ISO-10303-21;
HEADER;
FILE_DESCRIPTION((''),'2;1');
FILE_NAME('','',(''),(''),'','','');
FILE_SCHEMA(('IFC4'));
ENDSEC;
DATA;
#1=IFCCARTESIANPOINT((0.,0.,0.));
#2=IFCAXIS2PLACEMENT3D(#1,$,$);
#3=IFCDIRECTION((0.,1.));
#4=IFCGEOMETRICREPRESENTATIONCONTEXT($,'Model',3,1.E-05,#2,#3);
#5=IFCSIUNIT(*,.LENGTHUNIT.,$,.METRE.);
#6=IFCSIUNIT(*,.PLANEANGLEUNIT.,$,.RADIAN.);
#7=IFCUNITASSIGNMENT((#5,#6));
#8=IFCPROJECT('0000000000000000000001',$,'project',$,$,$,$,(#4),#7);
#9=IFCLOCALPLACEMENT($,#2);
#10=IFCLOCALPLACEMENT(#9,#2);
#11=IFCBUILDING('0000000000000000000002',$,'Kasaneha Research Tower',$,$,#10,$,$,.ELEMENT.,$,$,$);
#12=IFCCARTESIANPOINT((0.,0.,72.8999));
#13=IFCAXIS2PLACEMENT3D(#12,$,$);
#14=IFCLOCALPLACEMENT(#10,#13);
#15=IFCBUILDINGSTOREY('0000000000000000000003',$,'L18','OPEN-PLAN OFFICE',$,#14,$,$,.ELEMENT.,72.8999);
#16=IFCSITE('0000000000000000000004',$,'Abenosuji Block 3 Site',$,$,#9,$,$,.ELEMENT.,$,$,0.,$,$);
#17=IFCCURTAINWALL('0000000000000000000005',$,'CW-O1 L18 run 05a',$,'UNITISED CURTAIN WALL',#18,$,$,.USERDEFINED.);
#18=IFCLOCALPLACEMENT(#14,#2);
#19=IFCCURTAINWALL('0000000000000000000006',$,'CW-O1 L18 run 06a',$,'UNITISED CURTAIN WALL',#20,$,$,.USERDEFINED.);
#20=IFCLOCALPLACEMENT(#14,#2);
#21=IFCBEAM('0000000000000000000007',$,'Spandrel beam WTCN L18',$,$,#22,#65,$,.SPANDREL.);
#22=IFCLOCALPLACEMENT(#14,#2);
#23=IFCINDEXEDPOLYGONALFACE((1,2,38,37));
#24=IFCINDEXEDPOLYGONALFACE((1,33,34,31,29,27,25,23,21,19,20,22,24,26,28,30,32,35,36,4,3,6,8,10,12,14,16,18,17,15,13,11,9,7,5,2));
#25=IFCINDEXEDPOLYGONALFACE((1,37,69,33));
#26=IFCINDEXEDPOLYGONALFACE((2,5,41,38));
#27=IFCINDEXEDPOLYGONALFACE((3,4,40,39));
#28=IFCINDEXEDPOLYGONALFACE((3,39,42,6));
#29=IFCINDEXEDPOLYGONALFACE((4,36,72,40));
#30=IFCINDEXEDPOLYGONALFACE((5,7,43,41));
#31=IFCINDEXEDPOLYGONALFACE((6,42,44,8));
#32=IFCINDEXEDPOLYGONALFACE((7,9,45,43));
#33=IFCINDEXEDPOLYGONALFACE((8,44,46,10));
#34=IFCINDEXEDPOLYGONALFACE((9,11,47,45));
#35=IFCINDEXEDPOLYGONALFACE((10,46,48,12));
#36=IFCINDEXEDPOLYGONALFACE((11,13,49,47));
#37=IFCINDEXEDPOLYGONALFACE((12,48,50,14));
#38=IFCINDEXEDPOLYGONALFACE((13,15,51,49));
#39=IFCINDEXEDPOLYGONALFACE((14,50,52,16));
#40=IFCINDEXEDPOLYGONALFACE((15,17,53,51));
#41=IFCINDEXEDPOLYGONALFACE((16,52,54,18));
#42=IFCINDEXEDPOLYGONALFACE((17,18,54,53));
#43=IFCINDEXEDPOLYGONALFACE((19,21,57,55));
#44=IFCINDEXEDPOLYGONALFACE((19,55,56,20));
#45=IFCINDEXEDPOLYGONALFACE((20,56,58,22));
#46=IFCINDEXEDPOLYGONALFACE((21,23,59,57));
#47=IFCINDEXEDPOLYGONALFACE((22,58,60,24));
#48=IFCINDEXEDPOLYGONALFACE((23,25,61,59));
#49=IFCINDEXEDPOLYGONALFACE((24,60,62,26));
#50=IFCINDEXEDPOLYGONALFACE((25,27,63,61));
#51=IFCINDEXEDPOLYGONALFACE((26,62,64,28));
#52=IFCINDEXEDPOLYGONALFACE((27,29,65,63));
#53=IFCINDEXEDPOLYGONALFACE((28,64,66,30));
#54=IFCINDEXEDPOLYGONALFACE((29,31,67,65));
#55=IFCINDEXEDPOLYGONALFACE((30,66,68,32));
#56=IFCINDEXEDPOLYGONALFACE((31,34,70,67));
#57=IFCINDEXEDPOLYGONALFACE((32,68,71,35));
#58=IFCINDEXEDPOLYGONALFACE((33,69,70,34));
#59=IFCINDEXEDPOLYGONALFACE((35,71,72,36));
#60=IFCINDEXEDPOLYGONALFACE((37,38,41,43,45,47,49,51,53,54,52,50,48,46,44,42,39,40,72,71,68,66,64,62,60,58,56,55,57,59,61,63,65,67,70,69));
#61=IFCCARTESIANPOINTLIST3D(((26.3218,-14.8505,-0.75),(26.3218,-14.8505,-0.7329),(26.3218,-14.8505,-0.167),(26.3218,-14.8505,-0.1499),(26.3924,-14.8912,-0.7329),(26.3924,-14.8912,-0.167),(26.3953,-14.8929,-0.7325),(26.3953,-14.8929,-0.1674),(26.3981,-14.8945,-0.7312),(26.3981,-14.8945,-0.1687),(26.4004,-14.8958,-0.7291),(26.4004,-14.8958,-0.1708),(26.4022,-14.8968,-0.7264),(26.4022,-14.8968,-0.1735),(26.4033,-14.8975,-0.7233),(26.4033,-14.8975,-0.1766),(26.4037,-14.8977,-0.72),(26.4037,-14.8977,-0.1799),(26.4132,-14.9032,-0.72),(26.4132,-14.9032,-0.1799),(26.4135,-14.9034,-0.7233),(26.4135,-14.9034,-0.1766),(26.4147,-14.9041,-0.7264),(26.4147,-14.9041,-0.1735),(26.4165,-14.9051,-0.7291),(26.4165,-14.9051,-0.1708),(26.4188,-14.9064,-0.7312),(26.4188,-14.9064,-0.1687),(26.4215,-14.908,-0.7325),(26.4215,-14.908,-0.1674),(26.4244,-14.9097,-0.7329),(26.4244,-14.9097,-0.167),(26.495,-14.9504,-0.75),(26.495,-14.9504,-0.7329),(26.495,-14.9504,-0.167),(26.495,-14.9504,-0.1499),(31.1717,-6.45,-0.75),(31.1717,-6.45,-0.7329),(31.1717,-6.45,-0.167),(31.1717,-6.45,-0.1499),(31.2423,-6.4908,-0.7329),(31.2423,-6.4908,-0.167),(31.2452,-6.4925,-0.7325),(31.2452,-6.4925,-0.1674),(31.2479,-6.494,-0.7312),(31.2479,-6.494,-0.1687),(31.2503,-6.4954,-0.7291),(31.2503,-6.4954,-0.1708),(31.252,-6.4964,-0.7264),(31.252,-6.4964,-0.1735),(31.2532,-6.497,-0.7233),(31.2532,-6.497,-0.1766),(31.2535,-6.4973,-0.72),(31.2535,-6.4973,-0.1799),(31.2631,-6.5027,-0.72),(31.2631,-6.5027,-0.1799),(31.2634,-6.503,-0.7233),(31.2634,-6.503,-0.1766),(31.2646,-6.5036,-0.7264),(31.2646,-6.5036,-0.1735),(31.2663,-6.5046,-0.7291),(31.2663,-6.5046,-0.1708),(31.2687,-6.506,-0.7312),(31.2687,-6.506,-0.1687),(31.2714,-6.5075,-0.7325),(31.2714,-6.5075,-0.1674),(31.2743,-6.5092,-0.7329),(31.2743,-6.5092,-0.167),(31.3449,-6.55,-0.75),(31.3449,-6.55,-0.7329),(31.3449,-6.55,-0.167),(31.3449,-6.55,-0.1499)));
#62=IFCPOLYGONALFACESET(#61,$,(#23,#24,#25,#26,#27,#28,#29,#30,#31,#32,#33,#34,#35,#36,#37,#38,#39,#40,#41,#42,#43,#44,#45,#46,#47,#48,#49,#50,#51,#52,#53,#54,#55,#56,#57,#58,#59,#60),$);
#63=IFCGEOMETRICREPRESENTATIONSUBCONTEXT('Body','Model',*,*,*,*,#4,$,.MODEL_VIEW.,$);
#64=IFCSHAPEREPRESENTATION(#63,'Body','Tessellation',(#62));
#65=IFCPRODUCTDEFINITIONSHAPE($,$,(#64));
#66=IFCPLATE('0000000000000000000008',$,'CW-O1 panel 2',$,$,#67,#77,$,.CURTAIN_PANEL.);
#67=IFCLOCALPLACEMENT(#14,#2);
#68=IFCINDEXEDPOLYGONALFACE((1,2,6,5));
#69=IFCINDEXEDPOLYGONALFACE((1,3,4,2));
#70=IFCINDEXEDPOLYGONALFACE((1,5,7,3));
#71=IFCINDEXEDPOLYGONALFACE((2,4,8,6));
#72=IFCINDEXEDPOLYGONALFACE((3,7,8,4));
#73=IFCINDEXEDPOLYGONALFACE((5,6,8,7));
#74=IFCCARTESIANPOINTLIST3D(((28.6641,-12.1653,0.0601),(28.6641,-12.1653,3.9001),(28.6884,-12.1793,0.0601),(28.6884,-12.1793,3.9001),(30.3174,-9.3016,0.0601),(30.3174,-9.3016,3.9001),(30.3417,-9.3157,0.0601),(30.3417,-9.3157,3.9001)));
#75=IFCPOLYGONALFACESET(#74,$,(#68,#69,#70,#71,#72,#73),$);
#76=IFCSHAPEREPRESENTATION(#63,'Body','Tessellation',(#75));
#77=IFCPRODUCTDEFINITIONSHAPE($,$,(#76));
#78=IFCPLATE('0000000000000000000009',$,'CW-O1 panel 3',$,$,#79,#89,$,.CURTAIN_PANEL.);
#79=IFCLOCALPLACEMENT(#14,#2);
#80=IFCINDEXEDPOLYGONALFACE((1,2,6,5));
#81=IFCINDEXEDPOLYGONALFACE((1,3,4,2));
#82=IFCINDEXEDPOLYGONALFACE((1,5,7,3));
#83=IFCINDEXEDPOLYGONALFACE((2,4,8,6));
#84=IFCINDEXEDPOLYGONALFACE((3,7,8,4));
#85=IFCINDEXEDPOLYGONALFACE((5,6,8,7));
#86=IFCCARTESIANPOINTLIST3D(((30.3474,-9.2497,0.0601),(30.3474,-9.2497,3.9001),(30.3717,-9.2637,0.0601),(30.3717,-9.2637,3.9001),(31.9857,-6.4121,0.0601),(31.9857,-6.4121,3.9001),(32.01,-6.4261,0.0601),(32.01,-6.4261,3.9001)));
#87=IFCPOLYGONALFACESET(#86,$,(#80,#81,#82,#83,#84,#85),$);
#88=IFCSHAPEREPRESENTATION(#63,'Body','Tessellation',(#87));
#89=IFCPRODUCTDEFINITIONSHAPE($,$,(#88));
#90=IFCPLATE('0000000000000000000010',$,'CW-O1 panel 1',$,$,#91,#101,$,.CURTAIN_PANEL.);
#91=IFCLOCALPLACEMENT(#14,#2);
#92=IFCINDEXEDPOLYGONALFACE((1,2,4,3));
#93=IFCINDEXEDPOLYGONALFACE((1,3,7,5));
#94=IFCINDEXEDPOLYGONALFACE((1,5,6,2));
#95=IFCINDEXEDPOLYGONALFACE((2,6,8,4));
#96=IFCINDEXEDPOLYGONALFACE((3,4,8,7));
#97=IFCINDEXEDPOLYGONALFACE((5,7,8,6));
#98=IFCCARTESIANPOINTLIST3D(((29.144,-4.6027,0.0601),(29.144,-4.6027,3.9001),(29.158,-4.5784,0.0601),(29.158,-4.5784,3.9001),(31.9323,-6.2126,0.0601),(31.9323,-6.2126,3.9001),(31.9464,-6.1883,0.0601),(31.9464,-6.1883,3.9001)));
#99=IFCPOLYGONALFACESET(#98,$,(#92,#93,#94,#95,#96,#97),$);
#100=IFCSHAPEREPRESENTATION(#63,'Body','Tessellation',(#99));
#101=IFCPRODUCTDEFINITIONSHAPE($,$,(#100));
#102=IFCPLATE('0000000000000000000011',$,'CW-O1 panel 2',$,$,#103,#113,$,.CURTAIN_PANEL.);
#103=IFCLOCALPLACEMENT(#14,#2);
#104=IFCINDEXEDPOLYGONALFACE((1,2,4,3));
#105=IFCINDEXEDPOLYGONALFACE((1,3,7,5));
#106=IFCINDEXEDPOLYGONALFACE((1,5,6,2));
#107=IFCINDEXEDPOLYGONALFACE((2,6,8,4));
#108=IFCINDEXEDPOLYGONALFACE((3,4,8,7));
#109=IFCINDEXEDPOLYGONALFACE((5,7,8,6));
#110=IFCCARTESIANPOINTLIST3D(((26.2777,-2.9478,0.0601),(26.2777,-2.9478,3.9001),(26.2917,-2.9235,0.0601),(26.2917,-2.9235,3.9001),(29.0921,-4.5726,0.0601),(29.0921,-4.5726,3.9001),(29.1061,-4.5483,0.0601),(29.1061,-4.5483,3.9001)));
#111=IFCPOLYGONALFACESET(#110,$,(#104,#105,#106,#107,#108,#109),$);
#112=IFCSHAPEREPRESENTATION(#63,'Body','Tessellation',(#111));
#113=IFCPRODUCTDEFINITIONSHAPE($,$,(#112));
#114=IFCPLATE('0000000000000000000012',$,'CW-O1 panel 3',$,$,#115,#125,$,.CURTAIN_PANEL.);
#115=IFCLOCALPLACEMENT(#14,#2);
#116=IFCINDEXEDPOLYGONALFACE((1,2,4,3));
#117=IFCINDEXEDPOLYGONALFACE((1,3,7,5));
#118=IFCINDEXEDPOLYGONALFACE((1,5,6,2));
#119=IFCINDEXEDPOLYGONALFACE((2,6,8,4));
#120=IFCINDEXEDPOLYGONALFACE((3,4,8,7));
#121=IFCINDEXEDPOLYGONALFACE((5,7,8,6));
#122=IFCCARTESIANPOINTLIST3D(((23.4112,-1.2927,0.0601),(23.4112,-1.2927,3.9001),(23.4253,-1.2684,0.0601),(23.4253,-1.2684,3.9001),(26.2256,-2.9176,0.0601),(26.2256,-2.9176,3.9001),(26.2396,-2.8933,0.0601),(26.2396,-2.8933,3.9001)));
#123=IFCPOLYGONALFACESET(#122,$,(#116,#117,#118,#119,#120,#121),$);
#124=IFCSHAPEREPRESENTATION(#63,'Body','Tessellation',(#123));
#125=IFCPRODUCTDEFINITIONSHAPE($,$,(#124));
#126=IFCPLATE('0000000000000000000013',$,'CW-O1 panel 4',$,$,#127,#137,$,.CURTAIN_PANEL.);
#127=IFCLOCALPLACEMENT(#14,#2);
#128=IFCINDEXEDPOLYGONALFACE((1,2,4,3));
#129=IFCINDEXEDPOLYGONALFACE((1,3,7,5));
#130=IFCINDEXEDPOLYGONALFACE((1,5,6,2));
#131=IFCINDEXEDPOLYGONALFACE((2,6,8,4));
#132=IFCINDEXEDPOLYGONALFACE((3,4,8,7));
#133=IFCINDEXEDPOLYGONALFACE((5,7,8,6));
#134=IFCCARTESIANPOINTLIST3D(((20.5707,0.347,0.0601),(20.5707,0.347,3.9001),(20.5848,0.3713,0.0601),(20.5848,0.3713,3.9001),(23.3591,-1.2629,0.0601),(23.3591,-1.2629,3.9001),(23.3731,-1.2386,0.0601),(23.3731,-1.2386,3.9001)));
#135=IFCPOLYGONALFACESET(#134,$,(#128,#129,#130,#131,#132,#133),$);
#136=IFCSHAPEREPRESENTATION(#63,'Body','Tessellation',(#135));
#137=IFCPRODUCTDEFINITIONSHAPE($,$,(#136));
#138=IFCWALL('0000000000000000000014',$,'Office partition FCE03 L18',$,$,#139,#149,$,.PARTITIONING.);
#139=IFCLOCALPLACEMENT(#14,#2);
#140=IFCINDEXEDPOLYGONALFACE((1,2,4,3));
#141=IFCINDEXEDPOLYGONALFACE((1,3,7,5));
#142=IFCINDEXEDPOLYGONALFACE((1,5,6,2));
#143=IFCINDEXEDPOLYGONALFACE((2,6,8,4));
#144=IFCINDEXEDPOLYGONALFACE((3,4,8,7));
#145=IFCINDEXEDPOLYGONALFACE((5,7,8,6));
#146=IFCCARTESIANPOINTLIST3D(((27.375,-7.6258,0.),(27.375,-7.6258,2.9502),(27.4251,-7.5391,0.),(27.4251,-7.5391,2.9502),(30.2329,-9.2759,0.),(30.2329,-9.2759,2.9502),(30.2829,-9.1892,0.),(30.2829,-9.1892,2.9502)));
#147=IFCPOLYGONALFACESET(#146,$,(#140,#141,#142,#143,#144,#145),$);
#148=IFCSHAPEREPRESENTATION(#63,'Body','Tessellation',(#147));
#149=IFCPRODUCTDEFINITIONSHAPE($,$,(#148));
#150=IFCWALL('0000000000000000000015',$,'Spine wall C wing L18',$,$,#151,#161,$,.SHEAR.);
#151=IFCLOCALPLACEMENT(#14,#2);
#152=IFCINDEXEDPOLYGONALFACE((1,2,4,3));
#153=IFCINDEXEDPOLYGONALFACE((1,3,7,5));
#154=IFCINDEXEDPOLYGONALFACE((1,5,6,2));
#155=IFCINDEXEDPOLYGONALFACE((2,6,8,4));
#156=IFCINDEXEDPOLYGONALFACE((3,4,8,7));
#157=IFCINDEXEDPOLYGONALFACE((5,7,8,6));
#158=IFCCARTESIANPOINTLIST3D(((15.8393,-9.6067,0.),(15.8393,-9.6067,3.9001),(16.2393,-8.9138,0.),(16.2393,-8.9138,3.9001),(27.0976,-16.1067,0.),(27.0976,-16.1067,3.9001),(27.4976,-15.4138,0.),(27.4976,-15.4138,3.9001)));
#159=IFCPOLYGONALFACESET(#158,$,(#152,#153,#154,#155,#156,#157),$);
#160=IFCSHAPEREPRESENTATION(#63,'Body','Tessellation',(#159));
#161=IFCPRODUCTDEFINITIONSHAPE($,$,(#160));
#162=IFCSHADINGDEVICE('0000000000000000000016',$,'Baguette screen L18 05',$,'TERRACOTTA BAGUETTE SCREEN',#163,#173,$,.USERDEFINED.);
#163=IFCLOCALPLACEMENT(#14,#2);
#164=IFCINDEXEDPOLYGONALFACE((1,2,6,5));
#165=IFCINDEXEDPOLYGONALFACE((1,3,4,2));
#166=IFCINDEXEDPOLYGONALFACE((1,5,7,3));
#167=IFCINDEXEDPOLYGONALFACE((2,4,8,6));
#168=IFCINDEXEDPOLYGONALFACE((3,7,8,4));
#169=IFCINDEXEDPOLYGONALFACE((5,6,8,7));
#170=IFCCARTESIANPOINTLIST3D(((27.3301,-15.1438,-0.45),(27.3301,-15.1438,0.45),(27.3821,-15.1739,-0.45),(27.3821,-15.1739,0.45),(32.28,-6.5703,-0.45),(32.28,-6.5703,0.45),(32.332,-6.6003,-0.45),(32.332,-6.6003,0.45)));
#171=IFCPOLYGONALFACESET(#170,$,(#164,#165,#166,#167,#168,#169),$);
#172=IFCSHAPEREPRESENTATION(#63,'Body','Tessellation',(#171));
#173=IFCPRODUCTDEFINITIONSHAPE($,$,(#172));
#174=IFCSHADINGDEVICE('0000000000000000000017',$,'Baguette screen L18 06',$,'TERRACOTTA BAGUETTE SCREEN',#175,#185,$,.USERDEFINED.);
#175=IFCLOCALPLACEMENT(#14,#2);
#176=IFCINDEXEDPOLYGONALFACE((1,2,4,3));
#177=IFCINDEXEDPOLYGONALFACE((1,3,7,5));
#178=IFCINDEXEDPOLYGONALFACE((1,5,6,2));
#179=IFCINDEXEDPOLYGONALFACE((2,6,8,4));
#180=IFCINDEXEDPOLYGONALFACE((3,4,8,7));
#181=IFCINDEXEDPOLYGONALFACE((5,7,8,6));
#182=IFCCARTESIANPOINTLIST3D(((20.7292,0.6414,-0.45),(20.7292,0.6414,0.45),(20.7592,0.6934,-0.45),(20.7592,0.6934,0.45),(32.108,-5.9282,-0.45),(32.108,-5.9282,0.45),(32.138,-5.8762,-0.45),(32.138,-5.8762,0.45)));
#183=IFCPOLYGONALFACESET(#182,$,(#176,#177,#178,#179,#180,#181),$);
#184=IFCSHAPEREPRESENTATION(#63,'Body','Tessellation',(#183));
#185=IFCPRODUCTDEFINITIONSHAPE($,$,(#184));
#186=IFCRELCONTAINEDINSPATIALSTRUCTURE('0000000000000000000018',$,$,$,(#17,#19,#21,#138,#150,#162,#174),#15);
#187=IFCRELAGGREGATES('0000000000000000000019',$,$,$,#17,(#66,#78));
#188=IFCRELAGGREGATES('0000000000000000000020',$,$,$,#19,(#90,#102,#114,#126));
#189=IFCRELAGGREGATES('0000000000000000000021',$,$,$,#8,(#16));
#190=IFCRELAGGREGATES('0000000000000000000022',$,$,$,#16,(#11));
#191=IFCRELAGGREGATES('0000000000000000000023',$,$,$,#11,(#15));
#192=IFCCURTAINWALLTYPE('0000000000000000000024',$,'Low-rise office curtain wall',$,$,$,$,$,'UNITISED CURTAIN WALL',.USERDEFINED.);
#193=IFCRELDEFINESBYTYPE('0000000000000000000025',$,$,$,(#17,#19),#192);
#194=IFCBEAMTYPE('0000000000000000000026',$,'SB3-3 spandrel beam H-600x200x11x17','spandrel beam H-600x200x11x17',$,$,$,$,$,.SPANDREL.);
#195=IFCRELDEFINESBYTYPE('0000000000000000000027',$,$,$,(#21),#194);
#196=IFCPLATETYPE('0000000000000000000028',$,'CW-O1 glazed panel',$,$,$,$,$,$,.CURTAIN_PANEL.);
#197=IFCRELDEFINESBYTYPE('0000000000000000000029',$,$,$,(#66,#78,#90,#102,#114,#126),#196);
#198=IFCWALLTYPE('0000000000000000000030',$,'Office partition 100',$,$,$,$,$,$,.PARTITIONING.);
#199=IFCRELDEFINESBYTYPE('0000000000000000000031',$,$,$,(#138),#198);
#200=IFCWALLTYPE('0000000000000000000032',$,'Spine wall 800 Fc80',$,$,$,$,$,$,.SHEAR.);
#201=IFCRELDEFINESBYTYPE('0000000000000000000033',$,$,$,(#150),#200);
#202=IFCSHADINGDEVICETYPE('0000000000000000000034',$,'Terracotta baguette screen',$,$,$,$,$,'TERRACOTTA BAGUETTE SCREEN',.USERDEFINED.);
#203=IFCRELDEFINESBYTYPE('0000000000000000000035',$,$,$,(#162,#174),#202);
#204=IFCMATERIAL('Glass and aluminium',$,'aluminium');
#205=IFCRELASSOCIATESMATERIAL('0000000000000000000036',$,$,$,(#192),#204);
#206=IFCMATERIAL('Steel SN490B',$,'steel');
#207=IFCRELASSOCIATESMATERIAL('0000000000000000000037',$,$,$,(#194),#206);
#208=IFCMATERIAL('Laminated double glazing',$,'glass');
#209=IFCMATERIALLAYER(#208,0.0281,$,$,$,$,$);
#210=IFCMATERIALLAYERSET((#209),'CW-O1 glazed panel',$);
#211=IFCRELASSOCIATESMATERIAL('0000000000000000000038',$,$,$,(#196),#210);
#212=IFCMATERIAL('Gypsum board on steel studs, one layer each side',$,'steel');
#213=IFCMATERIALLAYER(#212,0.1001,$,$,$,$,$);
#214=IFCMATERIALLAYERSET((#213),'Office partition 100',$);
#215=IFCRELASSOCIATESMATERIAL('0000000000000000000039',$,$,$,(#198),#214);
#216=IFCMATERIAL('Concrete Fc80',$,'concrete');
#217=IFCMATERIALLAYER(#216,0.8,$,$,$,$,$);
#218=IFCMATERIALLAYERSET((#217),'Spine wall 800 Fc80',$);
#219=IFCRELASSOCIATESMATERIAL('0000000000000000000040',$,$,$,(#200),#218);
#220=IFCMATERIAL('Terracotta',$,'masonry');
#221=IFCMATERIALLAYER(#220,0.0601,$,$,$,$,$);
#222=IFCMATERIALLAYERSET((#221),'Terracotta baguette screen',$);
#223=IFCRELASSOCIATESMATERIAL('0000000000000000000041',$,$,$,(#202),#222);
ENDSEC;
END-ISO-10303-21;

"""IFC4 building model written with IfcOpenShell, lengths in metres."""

from ifc_helpers import new_model, si_unit, direction, frame, frame_2d, origin, origin_2d, place, context, subcontext, project, spatial, rectangle, i_section, extrude, material, layer, layer_set, material_profile, profile_set, type_object, element, aggregate, save


model = new_model("IFC4")

# Units and contexts
model_context = context("Model", 3, precision=1e-05, world=origin(), true_north=direction((0.0, 1.0)))
body_context = subcontext(model_context, "Body", "Model", "MODEL_VIEW")
ifc_project = project(units=[si_unit("LENGTHUNIT", "METRE"), si_unit("PLANEANGLEUNIT", "RADIAN")], contexts=[model_context])

# Site, building, storey
site_placement = place(None, origin())
site = spatial("IfcSite", under=ifc_project, at=site_placement, Name="Abenosuji Block 3 Site", CompositionType="ELEMENT", RefElevation=0.0)
building_placement = place(site_placement, origin())
building = spatial("IfcBuilding", under=site, at=building_placement, Name="Kasaneha Research Tower", CompositionType="ELEMENT")
storey_placement = place(building_placement, frame((0.0, 0.0, 72.8999)))
storey = spatial("IfcBuildingStorey", under=building, at=storey_placement, Name="L18", Description="OPEN-PLAN OFFICE", CompositionType="ELEMENT", Elevation=72.8999)

# Curtain walls
ifc_material_1 = material(Name="Glass and aluminium", Category="aluminium")
curtain_wall_type = type_object("IfcCurtainWallType", Name="Low-rise office curtain wall", ElementType="UNITISED CURTAIN WALL", PredefinedType="USERDEFINED", material=ifc_material_1)
curtain_wall_1_placement = place(storey_placement, origin())
curtain_wall_1 = element("IfcCurtainWall", 1, at=curtain_wall_1_placement, inside=storey, type_object=curtain_wall_type, Name="CW-O1 L18 run 05a", ObjectType="UNITISED CURTAIN WALL", PredefinedType="USERDEFINED")
curtain_wall_2_placement = place(storey_placement, origin())
curtain_wall_2 = element("IfcCurtainWall", 2, at=curtain_wall_2_placement, inside=storey, type_object=curtain_wall_type, Name="CW-O1 L18 run 06a", ObjectType="UNITISED CURTAIN WALL", PredefinedType="USERDEFINED")

# Beam
ifc_material_2 = material(Name="Steel SN490B", Category="steel")
ifc_material_profile_1 = material_profile(ifc_material_2, i_section(OverallWidth=0.2, OverallDepth=0.6001, WebThickness=0.011, FlangeThickness=0.0171, FilletRadius=0.0129, at=origin_2d()), Name="H-600x200x11x17")
ifc_profile_set_1 = profile_set([ifc_material_profile_1], Name="Steel SN490B")
beam_type_1 = type_object("IfcBeamType", Name="SB3-3 spandrel beam H-600x200x11x17", Description="spandrel beam H-600x200x11x17", PredefinedType="SPANDREL", material=ifc_profile_set_1)
beam_1_placement = place(storey_placement, frame((31.2583, -6.5, -0.45), z_axis=(-0.499991, -0.866031, 0.0), x_axis=(0.866031, -0.499991, 0.0)))
element("IfcBeam", 3, at=beam_1_placement, inside=storey, type_object=beam_type_1, Name="Spandrel beam WTCN L18", PredefinedType="SPANDREL", context=body_context, shape_type="SweptSolid", body=[
    extrude(i_section(OverallWidth=0.2, OverallDepth=0.6001, WebThickness=0.011, FlangeThickness=0.0171, FilletRadius=0.0129, at=origin_2d()), origin(), (0.0, 0.0, 1.0), 9.7),
])

# Plates
ifc_material_3 = material(Name="Laminated double glazing", Category="glass")
ifc_layer_1 = layer(ifc_material_3, 0.0281)
ifc_layer_set_1 = layer_set([ifc_layer_1], Name="CW-O1 glazed panel")
plate_type = type_object("IfcPlateType", Name="CW-O1 glazed panel", PredefinedType="CURTAIN_PANEL", material=ifc_layer_set_1)
plate_1_placement = place(storey_placement, frame((29.5029, -10.7405, 0.0601), z_axis=(0.0, 0.0, 1.0), x_axis=(0.5, 0.866025, 0.0)))
plate_1 = element("IfcPlate", 4, at=plate_1_placement, type_object=plate_type, Name="CW-O1 panel 2", PredefinedType="CURTAIN_PANEL", context=body_context, shape_type="SweptSolid", body=[
    extrude(rectangle(XDim=3.3066, YDim=0.0281, at=origin_2d()), origin(), (0.0, 0.0, 1.0), 3.8401),
])
plate_2_placement = place(storey_placement, frame((31.1787, -7.8379, 0.0601), z_axis=(0.0, 0.0, 1.0), x_axis=(0.5, 0.866025, 0.0)))
plate_2 = element("IfcPlate", 5, at=plate_2_placement, type_object=plate_type, Name="CW-O1 panel 3", PredefinedType="CURTAIN_PANEL", context=body_context, shape_type="SweptSolid", body=[
    extrude(rectangle(XDim=3.2766, YDim=0.0281, at=origin_2d()), origin(), (0.0, 0.0, 1.0), 3.8401),
])
aggregate(curtain_wall_1, [plate_1, plate_2])
plate_3_placement = place(storey_placement, frame((30.5452, -5.3955, 0.0601), z_axis=(0.0, 0.0, 1.0), x_axis=(-0.866025, 0.5, 0.0)))
plate_3 = element("IfcPlate", 6, at=plate_3_placement, type_object=plate_type, Name="CW-O1 panel 1", PredefinedType="CURTAIN_PANEL", context=body_context, shape_type="SweptSolid", body=[
    extrude(rectangle(XDim=3.2197, YDim=0.0281, at=origin_2d()), origin(), (0.0, 0.0, 1.0), 3.8401),
])
plate_4_placement = place(storey_placement, frame((27.6919, -3.748, 0.0601), z_axis=(0.0, 0.0, 1.0), x_axis=(-0.866025, 0.5, 0.0)))
plate_4 = element("IfcPlate", 7, at=plate_4_placement, type_object=plate_type, Name="CW-O1 panel 2", PredefinedType="CURTAIN_PANEL", context=body_context, shape_type="SweptSolid", body=[
    extrude(rectangle(XDim=3.2498, YDim=0.0281, at=origin_2d()), origin(), (0.0, 0.0, 1.0), 3.8401),
])
plate_5_placement = place(storey_placement, frame((24.8254, -2.093, 0.0601), z_axis=(0.0, 0.0, 1.0), x_axis=(-0.866025, 0.5, 0.0)))
plate_5 = element("IfcPlate", 8, at=plate_5_placement, type_object=plate_type, Name="CW-O1 panel 3", PredefinedType="CURTAIN_PANEL", context=body_context, shape_type="SweptSolid", body=[
    extrude(rectangle(XDim=3.2498, YDim=0.0281, at=origin_2d()), origin(), (0.0, 0.0, 1.0), 3.8401),
])
plate_6_placement = place(storey_placement, frame((21.9719, -0.4458, 0.0601), z_axis=(0.0, 0.0, 1.0), x_axis=(-0.866025, 0.5, 0.0)))
plate_6 = element("IfcPlate", 9, at=plate_6_placement, type_object=plate_type, Name="CW-O1 panel 4", PredefinedType="CURTAIN_PANEL", context=body_context, shape_type="SweptSolid", body=[
    extrude(rectangle(XDim=3.2197, YDim=0.0281, at=origin_2d()), origin(), (0.0, 0.0, 1.0), 3.8401),
])
aggregate(curtain_wall_2, [plate_3, plate_4, plate_5, plate_6])

# Walls
ifc_material_4 = material(Name="Gypsum board on steel studs, one layer each side", Category="steel")
ifc_layer_2 = layer(ifc_material_4, 0.1001)
ifc_layer_set_2 = layer_set([ifc_layer_2], Name="Office partition 100")
wall_type_1 = type_object("IfcWallType", Name="Office partition 100", PredefinedType="PARTITIONING", material=ifc_layer_set_2)
wall_1_placement = place(storey_placement, frame((27.4001, -7.5825, 0.0), z_axis=(0.0, 0.0, 1.0), x_axis=(0.866008, -0.50003, 0.0)))
element("IfcWall", 10, at=wall_1_placement, inside=storey, type_object=wall_type_1, Name="Office partition FCE03 L18", PredefinedType="PARTITIONING", context=body_context, shape_type="SweptSolid", body=[
    extrude(rectangle(XDim=3.3, YDim=0.1001, at=frame_2d((1.6499, 0.0))), origin(), (0.0, 0.0, 1.0), 2.9502),
])
ifc_material_5 = material(Name="Concrete Fc80", Category="concrete")
ifc_layer_3 = layer(ifc_material_5, 0.8)
ifc_layer_set_3 = layer_set([ifc_layer_3], Name="Spine wall 800 Fc80")
wall_type_2 = type_object("IfcWallType", Name="Spine wall 800 Fc80", PredefinedType="SHEAR", material=ifc_layer_set_3)
wall_2_placement = place(storey_placement, frame((16.0393, -9.2603, 0.0), z_axis=(0.0, 0.0, 1.0), x_axis=(0.866025, -0.500001, 0.0)))
element("IfcWall", 11, at=wall_2_placement, inside=storey, type_object=wall_type_2, Name="Spine wall C wing L18", PredefinedType="SHEAR", context=body_context, shape_type="SweptSolid", body=[
    extrude(rectangle(XDim=13.0, YDim=0.8, at=frame_2d((6.5, 0.0))), origin(), (0.0, 0.0, 1.0), 3.9001),
])

# Shading devices
ifc_material_6 = material(Name="Terracotta", Category="masonry")
ifc_layer_4 = layer(ifc_material_6, 0.0601)
ifc_layer_set_4 = layer_set([ifc_layer_4], Name="Terracotta baguette screen")
shading_device_type = type_object("IfcShadingDeviceType", Name="Terracotta baguette screen", ElementType="TERRACOTTA BAGUETTE SCREEN", PredefinedType="USERDEFINED", material=ifc_layer_set_4)
shading_device_1_placement = place(storey_placement, frame((29.8311, -10.8721, -0.45), z_axis=(0.0, 0.0, 1.0), x_axis=(0.5, 0.866025, 0.0)))
element("IfcShadingDevice", 12, at=shading_device_1_placement, inside=storey, type_object=shading_device_type, Name="Baguette screen L18 05", ObjectType="TERRACOTTA BAGUETTE SCREEN", PredefinedType="USERDEFINED", context=body_context, shape_type="SweptSolid", body=[
    extrude(rectangle(XDim=9.8999, YDim=0.0601, at=origin_2d()), origin(), (0.0, 0.0, 1.0), 0.8999),
])
shading_device_2_placement = place(storey_placement, frame((26.4336, -2.6174, -0.45), z_axis=(0.0, 0.0, 1.0), x_axis=(-0.866025, 0.5, 0.0)))
element("IfcShadingDevice", 13, at=shading_device_2_placement, inside=storey, type_object=shading_device_type, Name="Baguette screen L18 06", ObjectType="TERRACOTTA BAGUETTE SCREEN", PredefinedType="USERDEFINED", context=body_context, shape_type="SweptSolid", body=[
    extrude(rectangle(XDim=13.1392, YDim=0.0601, at=origin_2d()), origin(), (0.0, 0.0, 1.0), 0.8999),
])

save(model, "model.ifc")
